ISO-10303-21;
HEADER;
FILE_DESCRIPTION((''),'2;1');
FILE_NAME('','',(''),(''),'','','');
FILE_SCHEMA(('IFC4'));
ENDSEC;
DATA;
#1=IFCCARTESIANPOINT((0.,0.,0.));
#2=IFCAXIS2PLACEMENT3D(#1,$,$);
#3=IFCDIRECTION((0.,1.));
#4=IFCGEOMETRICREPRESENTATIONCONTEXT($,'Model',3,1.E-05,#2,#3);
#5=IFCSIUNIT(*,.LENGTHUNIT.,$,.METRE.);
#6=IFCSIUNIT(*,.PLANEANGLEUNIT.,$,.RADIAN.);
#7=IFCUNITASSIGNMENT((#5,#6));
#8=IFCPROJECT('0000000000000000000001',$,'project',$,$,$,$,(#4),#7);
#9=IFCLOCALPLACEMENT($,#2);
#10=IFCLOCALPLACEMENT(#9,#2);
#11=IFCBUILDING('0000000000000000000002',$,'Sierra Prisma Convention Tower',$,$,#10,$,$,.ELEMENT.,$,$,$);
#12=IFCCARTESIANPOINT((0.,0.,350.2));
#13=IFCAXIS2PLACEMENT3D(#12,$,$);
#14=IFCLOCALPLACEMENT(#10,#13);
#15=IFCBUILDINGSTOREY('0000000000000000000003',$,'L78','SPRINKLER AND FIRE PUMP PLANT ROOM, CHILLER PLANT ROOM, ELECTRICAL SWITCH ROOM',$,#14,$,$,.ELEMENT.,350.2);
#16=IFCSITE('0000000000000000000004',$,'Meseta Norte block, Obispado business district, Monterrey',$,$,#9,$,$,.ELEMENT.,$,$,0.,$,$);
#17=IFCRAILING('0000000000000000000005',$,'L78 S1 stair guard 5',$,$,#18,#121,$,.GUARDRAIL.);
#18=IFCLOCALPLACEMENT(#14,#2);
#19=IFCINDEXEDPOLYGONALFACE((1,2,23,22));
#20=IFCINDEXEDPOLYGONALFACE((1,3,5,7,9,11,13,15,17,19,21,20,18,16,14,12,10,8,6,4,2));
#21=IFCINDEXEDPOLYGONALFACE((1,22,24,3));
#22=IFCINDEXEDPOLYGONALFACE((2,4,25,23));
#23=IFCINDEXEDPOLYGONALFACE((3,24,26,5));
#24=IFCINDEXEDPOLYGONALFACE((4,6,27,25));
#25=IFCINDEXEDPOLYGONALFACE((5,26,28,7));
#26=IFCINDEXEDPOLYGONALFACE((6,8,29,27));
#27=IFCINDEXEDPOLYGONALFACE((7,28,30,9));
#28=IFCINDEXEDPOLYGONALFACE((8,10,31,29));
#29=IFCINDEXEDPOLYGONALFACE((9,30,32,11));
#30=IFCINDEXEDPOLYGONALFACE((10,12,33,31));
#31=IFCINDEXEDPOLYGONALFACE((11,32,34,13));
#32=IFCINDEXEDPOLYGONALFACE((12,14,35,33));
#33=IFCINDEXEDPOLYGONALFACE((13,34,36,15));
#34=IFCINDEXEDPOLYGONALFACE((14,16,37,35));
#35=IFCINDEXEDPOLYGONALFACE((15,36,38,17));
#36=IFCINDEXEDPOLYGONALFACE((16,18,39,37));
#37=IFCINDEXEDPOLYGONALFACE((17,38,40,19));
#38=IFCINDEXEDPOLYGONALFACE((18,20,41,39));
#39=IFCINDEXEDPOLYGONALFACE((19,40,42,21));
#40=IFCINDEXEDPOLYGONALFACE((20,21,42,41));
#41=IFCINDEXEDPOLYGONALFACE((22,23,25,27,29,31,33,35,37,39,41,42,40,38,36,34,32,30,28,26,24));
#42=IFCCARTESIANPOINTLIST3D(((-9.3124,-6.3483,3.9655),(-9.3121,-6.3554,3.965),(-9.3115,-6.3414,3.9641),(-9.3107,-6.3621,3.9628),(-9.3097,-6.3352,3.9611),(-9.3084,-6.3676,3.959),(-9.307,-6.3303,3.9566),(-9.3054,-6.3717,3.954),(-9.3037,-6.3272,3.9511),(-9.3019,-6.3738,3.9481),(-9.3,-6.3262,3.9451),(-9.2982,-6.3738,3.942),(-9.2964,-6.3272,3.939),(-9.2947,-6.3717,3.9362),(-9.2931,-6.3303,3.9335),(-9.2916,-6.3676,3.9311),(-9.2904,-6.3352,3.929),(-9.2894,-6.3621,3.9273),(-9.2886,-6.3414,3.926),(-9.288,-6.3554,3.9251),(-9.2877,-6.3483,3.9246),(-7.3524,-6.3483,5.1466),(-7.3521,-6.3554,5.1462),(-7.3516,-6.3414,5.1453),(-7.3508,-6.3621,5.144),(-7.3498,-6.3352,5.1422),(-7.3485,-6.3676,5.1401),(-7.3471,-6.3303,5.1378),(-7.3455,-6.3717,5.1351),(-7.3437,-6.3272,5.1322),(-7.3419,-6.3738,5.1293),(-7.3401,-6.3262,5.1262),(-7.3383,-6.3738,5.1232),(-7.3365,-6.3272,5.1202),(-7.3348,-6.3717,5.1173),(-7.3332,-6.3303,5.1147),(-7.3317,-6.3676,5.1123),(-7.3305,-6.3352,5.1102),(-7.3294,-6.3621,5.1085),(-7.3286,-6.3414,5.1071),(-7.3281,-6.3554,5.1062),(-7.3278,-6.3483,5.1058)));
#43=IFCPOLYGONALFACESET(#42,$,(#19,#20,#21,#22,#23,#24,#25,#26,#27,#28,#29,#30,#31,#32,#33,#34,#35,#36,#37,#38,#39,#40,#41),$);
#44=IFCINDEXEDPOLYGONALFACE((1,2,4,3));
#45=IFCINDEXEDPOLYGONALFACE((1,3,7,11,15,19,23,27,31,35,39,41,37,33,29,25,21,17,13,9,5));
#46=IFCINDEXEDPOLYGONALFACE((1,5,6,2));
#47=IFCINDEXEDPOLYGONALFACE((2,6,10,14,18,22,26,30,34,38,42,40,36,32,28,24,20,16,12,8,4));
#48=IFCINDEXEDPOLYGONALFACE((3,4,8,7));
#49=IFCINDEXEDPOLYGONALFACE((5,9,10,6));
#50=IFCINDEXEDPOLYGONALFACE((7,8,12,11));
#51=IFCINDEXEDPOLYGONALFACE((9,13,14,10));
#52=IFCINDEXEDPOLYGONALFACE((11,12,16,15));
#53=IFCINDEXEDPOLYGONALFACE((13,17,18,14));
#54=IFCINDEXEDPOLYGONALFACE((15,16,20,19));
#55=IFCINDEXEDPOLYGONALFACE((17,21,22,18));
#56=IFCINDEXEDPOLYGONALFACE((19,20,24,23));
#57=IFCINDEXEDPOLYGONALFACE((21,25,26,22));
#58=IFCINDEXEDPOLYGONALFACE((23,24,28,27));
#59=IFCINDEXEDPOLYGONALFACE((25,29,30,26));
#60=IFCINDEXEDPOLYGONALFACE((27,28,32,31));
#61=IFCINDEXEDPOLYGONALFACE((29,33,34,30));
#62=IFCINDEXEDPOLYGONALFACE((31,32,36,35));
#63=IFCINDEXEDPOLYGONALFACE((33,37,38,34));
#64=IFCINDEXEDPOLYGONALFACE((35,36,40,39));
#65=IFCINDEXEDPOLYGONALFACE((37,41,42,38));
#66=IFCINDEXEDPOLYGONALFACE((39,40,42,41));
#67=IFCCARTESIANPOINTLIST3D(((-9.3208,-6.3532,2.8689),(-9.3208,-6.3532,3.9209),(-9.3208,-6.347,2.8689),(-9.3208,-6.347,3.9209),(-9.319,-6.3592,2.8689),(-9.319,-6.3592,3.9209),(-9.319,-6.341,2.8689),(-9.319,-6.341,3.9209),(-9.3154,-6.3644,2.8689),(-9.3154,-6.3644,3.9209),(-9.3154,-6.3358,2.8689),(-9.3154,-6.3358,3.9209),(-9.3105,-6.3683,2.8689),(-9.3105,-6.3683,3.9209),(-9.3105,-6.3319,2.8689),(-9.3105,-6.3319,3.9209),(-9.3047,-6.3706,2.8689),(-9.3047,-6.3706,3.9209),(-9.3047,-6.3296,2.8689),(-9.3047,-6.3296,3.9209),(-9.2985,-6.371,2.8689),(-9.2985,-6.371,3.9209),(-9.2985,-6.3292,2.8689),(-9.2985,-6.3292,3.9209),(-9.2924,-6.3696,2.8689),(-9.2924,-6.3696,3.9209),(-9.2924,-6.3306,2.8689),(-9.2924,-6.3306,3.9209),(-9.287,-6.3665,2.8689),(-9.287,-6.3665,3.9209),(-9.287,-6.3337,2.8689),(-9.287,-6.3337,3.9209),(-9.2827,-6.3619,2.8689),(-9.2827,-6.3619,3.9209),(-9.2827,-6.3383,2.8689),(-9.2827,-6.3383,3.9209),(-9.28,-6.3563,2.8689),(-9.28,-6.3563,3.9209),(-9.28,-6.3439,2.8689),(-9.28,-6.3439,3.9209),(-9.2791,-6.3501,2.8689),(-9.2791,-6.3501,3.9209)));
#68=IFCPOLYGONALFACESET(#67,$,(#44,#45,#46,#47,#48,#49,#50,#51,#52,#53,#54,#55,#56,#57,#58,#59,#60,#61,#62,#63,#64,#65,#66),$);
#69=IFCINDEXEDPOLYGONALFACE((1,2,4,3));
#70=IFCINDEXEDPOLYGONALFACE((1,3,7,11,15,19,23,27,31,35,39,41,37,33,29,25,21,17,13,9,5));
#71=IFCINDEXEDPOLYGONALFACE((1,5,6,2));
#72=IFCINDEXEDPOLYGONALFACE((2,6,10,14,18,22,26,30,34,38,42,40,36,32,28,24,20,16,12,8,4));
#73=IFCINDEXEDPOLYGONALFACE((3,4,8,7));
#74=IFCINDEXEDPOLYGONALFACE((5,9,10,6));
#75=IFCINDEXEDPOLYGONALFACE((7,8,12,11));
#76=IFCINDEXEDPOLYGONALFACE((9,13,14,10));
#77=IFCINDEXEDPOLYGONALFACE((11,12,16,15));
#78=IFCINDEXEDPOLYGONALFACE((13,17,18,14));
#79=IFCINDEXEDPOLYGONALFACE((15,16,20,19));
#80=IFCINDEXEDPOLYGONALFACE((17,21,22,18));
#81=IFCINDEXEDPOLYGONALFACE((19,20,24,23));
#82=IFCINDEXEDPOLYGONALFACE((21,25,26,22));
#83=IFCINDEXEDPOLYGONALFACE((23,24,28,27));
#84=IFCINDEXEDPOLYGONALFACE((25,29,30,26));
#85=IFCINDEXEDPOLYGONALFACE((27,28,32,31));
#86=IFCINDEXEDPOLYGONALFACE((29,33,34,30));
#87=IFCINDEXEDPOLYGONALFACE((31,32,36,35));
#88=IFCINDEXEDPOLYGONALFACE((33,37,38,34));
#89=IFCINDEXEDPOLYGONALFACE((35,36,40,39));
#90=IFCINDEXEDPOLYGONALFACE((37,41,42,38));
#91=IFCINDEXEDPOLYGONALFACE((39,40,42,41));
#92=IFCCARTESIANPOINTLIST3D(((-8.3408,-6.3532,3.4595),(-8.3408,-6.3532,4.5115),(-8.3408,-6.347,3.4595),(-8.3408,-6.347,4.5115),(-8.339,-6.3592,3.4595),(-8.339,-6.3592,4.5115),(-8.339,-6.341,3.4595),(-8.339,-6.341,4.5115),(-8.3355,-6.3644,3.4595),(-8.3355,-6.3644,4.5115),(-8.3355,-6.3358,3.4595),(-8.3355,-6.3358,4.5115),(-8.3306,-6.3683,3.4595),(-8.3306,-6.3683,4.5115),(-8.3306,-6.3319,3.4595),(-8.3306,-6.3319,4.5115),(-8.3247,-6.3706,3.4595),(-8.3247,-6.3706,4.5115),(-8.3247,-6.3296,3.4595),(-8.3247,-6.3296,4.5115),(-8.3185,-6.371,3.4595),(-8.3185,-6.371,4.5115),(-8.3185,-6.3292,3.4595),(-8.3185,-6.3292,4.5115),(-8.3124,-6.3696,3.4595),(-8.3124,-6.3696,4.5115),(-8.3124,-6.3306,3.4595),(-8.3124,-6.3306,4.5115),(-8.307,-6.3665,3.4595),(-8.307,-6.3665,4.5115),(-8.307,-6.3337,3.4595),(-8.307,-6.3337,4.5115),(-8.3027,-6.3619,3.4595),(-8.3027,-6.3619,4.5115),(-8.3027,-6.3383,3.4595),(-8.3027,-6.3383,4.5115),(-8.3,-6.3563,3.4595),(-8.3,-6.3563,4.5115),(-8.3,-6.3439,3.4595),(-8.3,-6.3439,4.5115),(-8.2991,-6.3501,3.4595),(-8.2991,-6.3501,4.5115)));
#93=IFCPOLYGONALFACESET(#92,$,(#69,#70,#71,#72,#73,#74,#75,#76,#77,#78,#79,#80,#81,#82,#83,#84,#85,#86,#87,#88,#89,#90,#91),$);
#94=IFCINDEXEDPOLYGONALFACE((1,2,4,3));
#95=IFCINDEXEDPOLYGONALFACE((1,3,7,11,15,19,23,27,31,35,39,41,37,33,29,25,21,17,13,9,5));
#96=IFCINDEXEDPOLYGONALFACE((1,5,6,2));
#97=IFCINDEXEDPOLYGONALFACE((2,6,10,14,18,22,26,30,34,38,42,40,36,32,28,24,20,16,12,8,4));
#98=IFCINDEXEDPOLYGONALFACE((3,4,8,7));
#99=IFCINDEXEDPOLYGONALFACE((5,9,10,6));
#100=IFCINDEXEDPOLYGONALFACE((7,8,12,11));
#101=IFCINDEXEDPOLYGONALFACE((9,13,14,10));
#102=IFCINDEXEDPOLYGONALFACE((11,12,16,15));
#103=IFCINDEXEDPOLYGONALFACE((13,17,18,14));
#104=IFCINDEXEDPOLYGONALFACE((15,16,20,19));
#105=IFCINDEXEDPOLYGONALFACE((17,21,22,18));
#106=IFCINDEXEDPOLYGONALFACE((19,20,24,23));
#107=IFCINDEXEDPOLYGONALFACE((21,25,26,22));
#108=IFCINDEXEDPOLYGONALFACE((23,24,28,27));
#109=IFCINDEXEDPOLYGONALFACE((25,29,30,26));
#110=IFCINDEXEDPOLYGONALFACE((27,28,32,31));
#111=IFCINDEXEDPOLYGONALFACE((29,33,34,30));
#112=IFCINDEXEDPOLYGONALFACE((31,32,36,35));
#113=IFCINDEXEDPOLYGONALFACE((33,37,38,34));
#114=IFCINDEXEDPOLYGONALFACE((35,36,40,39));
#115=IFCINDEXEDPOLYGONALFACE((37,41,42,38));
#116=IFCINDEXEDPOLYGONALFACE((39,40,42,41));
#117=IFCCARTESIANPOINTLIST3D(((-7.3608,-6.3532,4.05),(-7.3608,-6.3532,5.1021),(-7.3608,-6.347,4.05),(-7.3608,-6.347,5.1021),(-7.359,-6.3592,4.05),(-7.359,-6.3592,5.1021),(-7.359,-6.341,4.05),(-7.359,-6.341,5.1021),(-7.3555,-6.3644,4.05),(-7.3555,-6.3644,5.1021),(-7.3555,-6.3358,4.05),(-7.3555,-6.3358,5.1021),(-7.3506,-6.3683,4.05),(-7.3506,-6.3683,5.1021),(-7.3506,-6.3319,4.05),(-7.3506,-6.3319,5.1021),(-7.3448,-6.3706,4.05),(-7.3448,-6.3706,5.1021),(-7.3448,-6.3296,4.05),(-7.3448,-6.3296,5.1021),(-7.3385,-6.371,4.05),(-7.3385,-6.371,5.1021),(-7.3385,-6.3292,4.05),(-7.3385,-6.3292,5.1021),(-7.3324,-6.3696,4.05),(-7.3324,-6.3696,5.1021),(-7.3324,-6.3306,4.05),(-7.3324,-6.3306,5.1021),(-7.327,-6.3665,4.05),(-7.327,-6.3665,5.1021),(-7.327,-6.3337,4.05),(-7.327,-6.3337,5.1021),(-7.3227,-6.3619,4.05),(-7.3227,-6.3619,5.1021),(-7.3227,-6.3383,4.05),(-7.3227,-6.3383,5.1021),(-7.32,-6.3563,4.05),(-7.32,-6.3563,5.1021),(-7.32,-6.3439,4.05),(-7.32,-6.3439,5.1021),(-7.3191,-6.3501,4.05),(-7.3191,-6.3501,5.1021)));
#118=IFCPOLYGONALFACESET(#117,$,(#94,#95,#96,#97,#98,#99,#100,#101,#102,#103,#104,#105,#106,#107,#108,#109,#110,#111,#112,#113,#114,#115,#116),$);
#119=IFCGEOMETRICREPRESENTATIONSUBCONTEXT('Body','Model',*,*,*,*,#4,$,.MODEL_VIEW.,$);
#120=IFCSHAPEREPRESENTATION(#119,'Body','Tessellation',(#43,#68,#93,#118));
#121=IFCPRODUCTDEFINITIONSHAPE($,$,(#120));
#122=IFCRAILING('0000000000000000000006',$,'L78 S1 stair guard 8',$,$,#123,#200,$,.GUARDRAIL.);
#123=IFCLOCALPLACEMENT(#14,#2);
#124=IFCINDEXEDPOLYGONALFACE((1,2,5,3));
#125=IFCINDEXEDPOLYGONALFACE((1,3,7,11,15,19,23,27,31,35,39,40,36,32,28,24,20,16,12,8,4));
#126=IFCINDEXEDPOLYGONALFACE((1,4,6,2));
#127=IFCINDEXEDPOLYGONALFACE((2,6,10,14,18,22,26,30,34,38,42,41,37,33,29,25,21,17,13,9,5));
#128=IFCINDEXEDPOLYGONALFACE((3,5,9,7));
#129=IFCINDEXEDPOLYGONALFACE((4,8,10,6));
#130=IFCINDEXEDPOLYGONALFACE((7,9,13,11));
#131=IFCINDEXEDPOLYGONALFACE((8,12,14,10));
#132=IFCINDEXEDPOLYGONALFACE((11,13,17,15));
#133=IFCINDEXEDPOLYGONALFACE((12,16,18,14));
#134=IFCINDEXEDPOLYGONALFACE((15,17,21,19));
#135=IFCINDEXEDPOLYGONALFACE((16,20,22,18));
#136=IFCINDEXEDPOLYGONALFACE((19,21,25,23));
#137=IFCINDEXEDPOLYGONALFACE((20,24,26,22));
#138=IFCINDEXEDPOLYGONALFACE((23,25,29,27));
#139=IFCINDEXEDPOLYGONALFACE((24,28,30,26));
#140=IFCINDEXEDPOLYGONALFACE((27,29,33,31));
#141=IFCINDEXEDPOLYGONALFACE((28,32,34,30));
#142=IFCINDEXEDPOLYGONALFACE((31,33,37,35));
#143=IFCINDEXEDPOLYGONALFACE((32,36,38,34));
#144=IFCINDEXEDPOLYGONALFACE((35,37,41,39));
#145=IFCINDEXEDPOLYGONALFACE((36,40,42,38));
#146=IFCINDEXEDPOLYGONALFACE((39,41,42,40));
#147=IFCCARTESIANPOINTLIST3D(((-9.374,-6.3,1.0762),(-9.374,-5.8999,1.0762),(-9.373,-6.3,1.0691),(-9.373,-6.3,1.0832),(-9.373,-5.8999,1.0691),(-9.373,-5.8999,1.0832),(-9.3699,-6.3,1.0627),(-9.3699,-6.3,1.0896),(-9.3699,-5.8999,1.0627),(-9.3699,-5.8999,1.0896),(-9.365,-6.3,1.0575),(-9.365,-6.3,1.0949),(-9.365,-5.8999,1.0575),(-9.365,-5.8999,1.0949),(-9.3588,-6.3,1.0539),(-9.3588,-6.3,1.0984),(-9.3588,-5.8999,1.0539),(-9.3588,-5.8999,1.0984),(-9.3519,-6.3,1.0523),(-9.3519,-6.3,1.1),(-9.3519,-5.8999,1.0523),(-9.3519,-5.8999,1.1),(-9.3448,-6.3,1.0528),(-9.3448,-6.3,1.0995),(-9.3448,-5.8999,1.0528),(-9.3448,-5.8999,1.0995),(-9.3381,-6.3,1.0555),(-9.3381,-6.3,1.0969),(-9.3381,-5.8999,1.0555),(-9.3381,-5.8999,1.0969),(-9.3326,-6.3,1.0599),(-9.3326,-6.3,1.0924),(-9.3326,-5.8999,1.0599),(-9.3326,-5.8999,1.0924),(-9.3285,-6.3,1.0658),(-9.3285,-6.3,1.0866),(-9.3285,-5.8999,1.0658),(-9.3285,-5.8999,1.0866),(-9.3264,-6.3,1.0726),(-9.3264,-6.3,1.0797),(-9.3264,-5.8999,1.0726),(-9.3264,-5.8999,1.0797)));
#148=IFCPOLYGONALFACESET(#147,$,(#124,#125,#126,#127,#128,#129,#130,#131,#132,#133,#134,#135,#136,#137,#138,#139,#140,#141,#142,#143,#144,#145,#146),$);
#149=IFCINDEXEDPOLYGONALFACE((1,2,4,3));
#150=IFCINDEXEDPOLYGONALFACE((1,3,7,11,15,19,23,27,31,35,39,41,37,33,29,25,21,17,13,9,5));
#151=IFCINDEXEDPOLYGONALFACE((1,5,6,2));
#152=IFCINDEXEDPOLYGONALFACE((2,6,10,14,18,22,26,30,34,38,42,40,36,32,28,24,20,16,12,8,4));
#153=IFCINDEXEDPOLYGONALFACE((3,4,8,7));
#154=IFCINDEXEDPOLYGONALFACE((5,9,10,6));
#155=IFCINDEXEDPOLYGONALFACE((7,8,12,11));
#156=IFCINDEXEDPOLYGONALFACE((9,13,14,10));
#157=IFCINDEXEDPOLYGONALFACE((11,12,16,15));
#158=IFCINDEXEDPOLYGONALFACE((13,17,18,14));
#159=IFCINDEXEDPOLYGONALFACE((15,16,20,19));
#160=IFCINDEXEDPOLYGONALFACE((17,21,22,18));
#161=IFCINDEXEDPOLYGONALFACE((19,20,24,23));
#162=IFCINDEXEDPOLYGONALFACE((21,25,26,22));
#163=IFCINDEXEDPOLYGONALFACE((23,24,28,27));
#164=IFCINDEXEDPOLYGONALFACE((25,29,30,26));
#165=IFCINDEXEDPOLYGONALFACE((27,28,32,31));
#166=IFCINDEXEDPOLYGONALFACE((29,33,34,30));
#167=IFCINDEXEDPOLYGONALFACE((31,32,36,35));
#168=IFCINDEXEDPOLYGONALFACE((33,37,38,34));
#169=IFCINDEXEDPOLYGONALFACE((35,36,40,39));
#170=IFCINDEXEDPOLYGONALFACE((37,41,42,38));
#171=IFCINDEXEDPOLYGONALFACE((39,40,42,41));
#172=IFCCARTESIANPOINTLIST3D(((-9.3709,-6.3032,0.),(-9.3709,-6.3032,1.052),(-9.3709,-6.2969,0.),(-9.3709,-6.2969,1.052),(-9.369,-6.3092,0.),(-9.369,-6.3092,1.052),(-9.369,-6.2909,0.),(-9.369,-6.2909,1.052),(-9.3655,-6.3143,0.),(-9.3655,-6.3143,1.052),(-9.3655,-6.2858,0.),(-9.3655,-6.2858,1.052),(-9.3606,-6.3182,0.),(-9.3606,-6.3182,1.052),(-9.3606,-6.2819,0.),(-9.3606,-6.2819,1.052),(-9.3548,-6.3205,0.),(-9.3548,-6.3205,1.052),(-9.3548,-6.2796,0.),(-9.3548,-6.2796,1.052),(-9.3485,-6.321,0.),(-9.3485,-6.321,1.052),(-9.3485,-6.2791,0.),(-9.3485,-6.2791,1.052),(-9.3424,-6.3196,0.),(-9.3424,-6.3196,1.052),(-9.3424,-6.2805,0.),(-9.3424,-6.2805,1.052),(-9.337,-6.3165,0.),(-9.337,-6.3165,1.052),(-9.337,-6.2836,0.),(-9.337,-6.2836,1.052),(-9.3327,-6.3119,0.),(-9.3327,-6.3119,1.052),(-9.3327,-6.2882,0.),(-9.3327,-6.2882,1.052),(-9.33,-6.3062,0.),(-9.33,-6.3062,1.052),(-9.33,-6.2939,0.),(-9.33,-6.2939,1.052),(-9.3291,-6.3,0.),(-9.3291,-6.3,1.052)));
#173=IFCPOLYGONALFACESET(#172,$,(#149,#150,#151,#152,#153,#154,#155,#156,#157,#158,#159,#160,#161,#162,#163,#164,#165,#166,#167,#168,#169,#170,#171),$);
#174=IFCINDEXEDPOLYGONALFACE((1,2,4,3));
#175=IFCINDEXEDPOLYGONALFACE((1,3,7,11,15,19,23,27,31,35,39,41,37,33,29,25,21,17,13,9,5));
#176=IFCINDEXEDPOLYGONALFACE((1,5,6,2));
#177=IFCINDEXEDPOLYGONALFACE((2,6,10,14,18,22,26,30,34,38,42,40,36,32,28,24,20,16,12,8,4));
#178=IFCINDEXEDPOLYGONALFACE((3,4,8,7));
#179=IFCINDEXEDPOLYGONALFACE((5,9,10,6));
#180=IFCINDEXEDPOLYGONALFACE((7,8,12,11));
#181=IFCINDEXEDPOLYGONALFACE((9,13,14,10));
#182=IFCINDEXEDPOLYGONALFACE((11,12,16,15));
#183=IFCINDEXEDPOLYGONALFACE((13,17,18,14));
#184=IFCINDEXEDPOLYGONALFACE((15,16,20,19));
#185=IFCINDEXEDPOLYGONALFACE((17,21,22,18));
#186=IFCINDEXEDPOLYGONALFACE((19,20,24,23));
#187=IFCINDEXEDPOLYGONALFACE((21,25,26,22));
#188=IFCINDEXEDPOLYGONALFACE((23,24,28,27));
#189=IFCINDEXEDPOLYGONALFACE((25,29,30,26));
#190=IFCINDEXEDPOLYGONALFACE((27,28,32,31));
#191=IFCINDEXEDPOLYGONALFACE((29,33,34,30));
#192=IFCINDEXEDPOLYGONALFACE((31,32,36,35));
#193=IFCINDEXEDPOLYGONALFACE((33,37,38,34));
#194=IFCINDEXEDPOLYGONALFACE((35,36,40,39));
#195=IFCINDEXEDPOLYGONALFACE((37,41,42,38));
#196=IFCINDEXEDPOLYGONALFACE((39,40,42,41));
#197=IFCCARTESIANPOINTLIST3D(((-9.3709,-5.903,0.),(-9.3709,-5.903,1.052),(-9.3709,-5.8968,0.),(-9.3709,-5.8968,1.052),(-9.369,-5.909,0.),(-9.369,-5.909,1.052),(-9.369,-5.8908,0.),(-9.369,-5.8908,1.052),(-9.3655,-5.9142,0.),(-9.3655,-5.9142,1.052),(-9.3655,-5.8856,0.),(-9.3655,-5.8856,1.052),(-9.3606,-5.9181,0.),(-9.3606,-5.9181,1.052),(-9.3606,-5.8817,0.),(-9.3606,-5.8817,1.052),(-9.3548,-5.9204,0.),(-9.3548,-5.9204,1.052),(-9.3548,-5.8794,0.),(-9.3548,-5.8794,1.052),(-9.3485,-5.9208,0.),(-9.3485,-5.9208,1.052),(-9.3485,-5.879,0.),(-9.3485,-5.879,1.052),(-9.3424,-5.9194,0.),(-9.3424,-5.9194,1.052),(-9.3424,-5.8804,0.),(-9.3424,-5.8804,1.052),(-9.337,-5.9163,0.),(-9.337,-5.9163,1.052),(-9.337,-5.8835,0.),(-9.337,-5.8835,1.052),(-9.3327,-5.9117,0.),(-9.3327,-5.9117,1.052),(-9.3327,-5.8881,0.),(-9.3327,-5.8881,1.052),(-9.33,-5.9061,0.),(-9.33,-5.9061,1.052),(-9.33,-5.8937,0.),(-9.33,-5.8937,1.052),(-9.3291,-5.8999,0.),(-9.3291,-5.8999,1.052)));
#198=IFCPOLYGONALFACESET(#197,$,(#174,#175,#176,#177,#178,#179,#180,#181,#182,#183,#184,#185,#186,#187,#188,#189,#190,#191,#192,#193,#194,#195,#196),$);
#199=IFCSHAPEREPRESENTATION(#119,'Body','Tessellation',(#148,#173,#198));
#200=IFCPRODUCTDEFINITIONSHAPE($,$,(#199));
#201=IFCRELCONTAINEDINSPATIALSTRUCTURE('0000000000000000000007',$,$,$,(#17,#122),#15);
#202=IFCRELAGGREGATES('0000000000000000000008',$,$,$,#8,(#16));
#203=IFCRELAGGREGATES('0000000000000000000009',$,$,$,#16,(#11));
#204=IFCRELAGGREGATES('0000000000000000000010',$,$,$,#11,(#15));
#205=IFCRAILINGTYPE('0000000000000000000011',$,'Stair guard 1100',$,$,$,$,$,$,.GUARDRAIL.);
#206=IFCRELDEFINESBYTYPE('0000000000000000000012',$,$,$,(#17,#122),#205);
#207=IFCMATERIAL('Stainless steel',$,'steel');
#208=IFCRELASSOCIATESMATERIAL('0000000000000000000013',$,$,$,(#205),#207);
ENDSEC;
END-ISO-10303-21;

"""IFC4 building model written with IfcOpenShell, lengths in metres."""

from ifc_helpers import new_model, si_unit, direction, frame, origin, origin_2d, place, context, subcontext, project, spatial, circle, extrude, material, type_object, element, save


model = new_model("IFC4")

# Units and contexts
model_context = context("Model", 3, precision=1e-05, world=origin(), true_north=direction((0.0, 1.0)))
body_context = subcontext(model_context, "Body", "Model", "MODEL_VIEW")
ifc_project = project(units=[si_unit("LENGTHUNIT", "METRE"), si_unit("PLANEANGLEUNIT", "RADIAN")], contexts=[model_context])

# Site, building, storey
site_placement = place(None, origin())
site = spatial("IfcSite", under=ifc_project, at=site_placement, Name="Meseta Norte block, Obispado business district, Monterrey", CompositionType="ELEMENT", RefElevation=0.0)
building_placement = place(site_placement, origin())
building = spatial("IfcBuilding", under=site, at=building_placement, Name="Sierra Prisma Convention Tower", CompositionType="ELEMENT")
storey_placement = place(building_placement, frame((0.0, 0.0, 350.2)))
storey = spatial("IfcBuildingStorey", under=building, at=storey_placement, Name="L78", Description="SPRINKLER AND FIRE PUMP PLANT ROOM, CHILLER PLANT ROOM, ELECTRICAL SWITCH ROOM", CompositionType="ELEMENT", Elevation=350.2)

# Railings
ifc_material_1 = material(Name="Stainless steel", Category="steel")
railing_type = type_object("IfcRailingType", Name="Stair guard 1100", PredefinedType="GUARDRAIL", material=ifc_material_1)
railing_1_placement = place(storey_placement, frame((-9.3, -6.3501, 2.8689)))
element("IfcRailing", 1, at=railing_1_placement, inside=storey, type_object=railing_type, Name="L78 S1 stair guard 5", PredefinedType="GUARDRAIL", context=body_context, shape_type="SweptSolid", body=[
    extrude(circle(Radius=0.0239, at=origin_2d()), frame((0.0, 0.0, 1.0762), z_axis=(0.856493, 0.0, 0.516158), x_axis=(0.0, 1.0, 0.0)), (0.0, 0.0, 1.0), 2.2883),
    extrude(circle(Radius=0.021, at=origin_2d()), origin(), (0.0, 0.0, 1.0), 1.052),
    extrude(circle(Radius=0.021, at=origin_2d()), frame((0.98, 0.0, 0.5906)), (0.0, 0.0, 1.0), 1.052),
    extrude(circle(Radius=0.021, at=origin_2d()), frame((1.96, 0.0, 1.1812)), (0.0, 0.0, 1.0), 1.052),
])
railing_2_placement = place(storey_placement, frame((-9.3501, -6.3, 0.0)))
element("IfcRailing", 2, at=railing_2_placement, inside=storey, type_object=railing_type, Name="L78 S1 stair guard 8", PredefinedType="GUARDRAIL", context=body_context, shape_type="SweptSolid", body=[
    extrude(circle(Radius=0.0239, at=origin_2d()), frame((0.0, 0.0, 1.0762), z_axis=(0.0, 1.0, 0.0), x_axis=(-1.0, 0.0, 0.0)), (0.0, 0.0, 1.0), 0.4001),
    extrude(circle(Radius=0.021, at=origin_2d()), origin(), (0.0, 0.0, 1.0), 1.052),
    extrude(circle(Radius=0.021, at=origin_2d()), frame((0.0, 0.4001, 0.0)), (0.0, 0.0, 1.0), 1.052),
])

save(model, "model.ifc")
